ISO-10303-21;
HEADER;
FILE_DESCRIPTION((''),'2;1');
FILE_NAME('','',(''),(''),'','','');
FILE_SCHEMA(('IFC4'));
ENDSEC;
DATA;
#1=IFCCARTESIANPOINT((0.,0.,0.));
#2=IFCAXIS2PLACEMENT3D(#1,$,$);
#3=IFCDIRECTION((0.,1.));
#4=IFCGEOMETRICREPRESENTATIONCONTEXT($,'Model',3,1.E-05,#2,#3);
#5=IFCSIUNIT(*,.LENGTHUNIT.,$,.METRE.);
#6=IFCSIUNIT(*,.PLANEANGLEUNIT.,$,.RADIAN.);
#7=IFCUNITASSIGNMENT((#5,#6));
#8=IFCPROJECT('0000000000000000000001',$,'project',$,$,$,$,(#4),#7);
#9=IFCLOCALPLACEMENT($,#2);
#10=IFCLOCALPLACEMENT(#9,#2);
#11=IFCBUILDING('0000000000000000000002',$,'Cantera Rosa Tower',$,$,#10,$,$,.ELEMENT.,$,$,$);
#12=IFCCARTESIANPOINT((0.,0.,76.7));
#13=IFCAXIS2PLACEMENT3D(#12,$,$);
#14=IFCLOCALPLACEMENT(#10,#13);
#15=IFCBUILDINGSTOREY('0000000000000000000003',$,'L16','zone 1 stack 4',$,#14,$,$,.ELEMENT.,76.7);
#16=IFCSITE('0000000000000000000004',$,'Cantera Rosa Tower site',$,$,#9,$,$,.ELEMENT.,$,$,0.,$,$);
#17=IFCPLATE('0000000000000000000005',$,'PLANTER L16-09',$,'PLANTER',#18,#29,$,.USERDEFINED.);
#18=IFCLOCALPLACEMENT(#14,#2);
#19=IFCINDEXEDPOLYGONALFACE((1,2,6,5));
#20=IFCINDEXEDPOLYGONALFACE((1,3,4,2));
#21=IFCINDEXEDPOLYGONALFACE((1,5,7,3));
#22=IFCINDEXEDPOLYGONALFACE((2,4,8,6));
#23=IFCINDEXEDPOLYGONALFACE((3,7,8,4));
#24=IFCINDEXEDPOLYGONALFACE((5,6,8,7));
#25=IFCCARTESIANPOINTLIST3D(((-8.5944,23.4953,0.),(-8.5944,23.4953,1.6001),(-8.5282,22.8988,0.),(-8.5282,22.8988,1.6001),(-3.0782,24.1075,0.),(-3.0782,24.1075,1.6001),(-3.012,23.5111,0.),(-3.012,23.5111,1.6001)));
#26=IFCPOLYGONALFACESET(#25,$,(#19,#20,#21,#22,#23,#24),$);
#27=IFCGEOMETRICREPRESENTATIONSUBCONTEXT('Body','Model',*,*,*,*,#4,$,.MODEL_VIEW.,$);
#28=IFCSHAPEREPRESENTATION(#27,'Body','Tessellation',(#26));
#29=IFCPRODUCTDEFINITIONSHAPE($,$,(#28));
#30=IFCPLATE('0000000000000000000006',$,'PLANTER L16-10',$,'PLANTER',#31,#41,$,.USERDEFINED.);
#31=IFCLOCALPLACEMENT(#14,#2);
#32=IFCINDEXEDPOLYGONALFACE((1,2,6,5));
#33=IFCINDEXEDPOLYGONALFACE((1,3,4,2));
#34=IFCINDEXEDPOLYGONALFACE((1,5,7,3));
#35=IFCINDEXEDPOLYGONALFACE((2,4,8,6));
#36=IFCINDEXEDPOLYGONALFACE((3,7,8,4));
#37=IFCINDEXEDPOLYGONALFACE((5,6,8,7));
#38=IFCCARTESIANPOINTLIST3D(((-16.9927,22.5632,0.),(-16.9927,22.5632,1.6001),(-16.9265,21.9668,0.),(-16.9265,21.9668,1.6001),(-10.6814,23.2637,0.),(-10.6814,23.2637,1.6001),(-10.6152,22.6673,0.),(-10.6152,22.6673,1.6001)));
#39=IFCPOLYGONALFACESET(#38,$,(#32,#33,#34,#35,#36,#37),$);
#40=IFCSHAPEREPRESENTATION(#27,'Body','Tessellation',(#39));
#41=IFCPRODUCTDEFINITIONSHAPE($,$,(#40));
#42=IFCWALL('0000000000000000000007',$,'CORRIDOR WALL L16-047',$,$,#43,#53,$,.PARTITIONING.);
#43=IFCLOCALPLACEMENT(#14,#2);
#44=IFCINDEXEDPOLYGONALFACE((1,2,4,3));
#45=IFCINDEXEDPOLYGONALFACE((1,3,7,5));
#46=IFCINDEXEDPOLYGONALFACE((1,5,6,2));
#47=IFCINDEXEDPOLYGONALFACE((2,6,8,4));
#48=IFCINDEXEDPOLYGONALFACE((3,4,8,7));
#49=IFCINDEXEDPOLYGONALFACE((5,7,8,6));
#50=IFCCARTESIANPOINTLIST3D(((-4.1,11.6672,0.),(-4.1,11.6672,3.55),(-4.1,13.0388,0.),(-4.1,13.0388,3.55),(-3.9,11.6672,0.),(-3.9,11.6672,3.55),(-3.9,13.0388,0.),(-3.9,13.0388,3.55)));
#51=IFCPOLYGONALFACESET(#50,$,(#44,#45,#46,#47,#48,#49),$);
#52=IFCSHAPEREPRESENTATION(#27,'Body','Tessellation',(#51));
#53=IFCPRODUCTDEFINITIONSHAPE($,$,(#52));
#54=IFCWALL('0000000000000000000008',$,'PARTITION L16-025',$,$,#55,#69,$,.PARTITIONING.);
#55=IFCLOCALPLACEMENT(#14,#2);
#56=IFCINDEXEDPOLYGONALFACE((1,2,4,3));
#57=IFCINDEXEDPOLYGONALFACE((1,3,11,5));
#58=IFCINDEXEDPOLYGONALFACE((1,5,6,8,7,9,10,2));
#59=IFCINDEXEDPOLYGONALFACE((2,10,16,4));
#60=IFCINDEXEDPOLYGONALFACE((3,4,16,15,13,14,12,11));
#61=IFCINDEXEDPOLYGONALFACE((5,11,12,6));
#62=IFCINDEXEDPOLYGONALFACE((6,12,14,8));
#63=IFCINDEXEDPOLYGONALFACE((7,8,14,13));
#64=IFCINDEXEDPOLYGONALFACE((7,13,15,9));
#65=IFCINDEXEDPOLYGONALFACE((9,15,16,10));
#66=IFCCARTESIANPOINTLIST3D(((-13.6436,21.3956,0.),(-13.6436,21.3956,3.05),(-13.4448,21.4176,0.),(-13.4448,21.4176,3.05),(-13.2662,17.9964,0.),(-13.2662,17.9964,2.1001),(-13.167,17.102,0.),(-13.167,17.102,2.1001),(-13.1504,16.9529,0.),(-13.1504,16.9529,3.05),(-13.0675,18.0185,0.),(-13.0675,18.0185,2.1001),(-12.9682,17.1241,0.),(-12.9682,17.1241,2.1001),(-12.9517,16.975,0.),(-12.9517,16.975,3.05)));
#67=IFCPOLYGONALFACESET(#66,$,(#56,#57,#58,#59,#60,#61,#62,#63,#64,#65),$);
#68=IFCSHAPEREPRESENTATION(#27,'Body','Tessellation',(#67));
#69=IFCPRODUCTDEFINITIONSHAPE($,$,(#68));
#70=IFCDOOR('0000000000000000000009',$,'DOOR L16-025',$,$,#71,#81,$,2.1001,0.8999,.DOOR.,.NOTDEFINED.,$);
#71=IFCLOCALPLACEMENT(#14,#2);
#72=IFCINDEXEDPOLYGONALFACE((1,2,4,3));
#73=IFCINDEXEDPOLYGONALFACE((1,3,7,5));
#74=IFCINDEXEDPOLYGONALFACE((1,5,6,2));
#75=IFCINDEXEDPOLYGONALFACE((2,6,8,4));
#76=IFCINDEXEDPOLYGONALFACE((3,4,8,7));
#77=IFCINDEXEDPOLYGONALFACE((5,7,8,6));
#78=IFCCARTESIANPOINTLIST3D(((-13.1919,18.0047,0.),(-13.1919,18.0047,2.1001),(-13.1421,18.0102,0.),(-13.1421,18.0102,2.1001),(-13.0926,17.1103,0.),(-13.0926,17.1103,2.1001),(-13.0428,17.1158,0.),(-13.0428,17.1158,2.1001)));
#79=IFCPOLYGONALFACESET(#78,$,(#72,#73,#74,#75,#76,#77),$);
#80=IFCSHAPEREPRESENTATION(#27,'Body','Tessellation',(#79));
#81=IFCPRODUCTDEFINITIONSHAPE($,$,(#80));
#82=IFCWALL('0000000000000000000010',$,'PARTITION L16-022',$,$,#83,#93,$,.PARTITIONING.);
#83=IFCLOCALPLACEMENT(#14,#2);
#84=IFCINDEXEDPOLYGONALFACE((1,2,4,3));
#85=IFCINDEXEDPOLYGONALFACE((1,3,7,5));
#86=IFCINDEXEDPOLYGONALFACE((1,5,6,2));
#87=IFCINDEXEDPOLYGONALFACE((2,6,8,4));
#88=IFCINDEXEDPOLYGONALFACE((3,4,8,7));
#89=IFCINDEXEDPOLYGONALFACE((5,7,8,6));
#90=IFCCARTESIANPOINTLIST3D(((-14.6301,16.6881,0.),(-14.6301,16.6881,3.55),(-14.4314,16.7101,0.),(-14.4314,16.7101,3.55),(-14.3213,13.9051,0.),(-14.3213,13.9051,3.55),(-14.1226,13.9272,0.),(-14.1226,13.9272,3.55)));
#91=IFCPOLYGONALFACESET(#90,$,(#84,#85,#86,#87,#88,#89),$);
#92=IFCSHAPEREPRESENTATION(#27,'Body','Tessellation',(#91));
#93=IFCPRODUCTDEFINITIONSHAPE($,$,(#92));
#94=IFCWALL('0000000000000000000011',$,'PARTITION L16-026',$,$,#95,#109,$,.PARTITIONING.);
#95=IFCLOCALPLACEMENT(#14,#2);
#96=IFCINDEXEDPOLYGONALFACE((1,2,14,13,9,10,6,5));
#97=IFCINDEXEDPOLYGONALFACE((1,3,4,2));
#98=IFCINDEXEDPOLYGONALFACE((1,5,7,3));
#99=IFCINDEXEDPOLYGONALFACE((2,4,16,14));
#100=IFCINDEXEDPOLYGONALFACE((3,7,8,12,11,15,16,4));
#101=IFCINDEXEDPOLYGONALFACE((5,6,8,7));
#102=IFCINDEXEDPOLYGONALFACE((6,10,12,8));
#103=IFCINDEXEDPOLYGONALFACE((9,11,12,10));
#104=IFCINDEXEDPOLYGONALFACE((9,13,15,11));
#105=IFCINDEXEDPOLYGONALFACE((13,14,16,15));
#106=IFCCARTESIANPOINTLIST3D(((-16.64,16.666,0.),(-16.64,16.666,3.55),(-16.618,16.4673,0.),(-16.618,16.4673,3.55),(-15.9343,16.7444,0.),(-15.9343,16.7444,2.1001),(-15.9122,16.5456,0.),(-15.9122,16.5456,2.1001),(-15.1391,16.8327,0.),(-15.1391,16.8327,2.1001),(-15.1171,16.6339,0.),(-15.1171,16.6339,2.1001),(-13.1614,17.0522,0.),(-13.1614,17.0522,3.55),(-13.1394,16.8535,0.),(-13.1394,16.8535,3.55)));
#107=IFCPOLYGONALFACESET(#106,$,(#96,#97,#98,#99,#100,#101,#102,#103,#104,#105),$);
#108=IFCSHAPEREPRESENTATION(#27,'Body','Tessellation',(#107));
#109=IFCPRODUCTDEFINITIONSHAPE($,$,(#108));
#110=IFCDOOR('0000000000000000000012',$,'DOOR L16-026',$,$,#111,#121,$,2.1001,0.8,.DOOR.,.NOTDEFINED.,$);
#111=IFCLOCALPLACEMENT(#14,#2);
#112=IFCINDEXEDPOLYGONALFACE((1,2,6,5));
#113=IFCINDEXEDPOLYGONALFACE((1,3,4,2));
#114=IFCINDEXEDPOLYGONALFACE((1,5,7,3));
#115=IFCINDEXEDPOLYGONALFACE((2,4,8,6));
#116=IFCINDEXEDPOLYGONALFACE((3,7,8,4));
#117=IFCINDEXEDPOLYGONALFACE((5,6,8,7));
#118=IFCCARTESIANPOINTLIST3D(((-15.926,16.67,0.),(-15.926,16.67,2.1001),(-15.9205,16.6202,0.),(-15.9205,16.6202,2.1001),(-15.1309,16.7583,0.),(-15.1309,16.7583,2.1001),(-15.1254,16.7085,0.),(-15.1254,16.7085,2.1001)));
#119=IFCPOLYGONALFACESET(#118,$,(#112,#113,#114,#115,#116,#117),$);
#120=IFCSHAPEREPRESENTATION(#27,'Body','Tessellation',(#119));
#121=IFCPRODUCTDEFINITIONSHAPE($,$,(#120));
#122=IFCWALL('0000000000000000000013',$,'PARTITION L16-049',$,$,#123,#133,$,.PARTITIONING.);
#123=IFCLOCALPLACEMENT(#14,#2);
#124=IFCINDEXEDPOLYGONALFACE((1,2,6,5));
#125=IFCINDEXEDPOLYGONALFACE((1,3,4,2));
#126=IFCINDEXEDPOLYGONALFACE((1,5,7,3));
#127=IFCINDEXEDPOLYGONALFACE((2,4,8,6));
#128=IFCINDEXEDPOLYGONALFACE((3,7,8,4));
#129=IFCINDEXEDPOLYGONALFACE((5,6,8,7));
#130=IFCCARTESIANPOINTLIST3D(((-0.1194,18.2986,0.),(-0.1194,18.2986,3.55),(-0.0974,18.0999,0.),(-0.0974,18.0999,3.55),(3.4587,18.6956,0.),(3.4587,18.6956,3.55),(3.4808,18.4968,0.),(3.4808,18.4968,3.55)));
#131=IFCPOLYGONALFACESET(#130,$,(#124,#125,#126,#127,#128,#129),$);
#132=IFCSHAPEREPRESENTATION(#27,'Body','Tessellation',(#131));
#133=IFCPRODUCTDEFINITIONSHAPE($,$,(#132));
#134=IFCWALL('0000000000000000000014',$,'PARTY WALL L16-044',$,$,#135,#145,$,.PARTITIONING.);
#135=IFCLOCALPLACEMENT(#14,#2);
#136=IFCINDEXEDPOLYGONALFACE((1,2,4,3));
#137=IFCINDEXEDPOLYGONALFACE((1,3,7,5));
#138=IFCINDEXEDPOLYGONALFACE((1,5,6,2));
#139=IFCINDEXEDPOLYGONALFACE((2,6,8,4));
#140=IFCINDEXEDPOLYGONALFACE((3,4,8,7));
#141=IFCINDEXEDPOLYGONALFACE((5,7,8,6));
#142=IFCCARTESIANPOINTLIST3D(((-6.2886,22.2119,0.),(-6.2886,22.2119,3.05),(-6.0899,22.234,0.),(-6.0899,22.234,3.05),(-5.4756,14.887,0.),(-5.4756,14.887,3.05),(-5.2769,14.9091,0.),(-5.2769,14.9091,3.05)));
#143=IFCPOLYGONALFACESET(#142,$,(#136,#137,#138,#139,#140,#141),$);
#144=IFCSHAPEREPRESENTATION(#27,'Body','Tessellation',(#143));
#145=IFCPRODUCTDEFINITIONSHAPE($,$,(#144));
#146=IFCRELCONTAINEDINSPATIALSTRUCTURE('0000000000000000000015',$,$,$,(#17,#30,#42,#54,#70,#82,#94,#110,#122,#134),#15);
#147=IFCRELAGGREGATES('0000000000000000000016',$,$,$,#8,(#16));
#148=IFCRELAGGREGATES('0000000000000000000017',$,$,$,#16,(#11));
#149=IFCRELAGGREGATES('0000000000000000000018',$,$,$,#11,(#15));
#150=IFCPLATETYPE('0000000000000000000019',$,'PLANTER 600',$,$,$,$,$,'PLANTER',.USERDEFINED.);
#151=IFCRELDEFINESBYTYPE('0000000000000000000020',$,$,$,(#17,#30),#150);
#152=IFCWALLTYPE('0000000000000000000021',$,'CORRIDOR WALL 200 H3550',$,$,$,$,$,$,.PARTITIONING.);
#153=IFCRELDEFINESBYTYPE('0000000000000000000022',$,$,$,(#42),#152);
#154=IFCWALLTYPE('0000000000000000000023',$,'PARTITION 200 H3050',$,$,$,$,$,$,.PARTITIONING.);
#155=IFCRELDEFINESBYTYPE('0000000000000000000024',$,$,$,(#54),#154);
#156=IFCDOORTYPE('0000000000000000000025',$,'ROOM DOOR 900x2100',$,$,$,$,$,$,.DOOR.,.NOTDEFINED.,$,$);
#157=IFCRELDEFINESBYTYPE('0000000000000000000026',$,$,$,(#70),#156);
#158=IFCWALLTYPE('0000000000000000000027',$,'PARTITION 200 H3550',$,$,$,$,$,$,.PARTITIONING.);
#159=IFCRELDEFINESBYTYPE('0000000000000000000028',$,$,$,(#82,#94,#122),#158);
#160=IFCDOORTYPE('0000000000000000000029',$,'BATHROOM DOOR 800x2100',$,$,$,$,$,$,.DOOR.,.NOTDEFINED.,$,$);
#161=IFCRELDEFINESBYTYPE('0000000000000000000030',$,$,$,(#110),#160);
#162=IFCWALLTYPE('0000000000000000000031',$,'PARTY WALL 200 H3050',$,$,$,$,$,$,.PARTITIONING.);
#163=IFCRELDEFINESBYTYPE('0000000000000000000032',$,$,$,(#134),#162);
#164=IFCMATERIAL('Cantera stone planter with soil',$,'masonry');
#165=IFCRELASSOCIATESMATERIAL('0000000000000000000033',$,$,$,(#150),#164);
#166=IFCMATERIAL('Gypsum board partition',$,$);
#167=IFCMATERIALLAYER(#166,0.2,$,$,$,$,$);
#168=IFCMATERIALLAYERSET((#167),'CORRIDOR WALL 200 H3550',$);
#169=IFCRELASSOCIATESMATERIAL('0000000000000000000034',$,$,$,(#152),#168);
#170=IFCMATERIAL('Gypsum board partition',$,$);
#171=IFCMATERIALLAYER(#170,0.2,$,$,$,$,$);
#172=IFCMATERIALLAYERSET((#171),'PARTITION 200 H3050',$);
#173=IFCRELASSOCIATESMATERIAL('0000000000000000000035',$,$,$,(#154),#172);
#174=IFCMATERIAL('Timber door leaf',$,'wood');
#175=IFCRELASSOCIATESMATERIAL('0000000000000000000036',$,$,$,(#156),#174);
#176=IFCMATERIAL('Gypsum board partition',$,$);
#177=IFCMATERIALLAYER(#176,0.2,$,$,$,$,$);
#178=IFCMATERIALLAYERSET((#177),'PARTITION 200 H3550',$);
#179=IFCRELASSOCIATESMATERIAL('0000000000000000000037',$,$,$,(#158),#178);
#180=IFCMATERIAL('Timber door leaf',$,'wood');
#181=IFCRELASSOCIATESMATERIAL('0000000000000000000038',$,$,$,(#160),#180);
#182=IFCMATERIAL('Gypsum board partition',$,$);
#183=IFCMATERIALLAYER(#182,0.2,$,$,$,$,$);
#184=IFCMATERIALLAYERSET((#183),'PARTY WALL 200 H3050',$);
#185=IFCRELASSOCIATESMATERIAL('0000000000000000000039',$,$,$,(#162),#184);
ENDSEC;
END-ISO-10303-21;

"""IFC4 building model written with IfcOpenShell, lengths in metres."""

from ifc_helpers import new_model, si_unit, direction, frame, frame_2d, origin, origin_2d, place, context, subcontext, project, spatial, rectangle, extrude, material, layer, layer_set, type_object, element, fill, save


model = new_model("IFC4")

# Units and contexts
model_context = context("Model", 3, precision=1e-05, world=origin(), true_north=direction((0.0, 1.0)))
body_context = subcontext(model_context, "Body", "Model", "MODEL_VIEW")
ifc_project = project(units=[si_unit("LENGTHUNIT", "METRE"), si_unit("PLANEANGLEUNIT", "RADIAN")], contexts=[model_context])

# Site, building, storey
site_placement = place(None, origin())
site = spatial("IfcSite", under=ifc_project, at=site_placement, Name="Cantera Rosa Tower site", CompositionType="ELEMENT", RefElevation=0.0)
building_placement = place(site_placement, origin())
building = spatial("IfcBuilding", under=site, at=building_placement, Name="Cantera Rosa Tower", CompositionType="ELEMENT")
storey_placement = place(building_placement, frame((0.0, 0.0, 76.7)))
storey = spatial("IfcBuildingStorey", under=building, at=storey_placement, Name="L16", Description="zone 1 stack 4", CompositionType="ELEMENT", Elevation=76.7)

# Plates
ifc_material_1 = material(Name="Cantera stone planter with soil", Category="masonry")
plate_type = type_object("IfcPlateType", Name="PLANTER 600", ElementType="PLANTER", PredefinedType="USERDEFINED", material=ifc_material_1)
plate_1_placement = place(storey_placement, frame((-5.8032, 23.5032, 0.0), z_axis=(0.0, 0.0, 1.0), x_axis=(-0.993897, -0.110313, 0.0)))
element("IfcPlate", 1, at=plate_1_placement, inside=storey, type_object=plate_type, Name="PLANTER L16-09", ObjectType="PLANTER", PredefinedType="USERDEFINED", context=body_context, shape_type="SweptSolid", body=[
    extrude(rectangle(XDim=5.55, YDim=0.6001, at=origin_2d()), origin(), (0.0, 0.0, 1.0), 1.6001),
])
plate_2_placement = place(storey_placement, frame((-13.804, 22.6152, 0.0), z_axis=(0.0, 0.0, 1.0), x_axis=(-0.993897, -0.110313, 0.0)))
element("IfcPlate", 2, at=plate_2_placement, inside=storey, type_object=plate_type, Name="PLANTER L16-10", ObjectType="PLANTER", PredefinedType="USERDEFINED", context=body_context, shape_type="SweptSolid", body=[
    extrude(rectangle(XDim=6.3501, YDim=0.6001, at=origin_2d()), origin(), (0.0, 0.0, 1.0), 1.6001),
])

# Wall
ifc_material_2 = material(Name="Gypsum board partition")
ifc_layer_1 = layer(ifc_material_2, 0.2)
ifc_layer_set_1 = layer_set([ifc_layer_1], Name="CORRIDOR WALL 200 H3550")
wall_type_1 = type_object("IfcWallType", Name="CORRIDOR WALL 200 H3550", PredefinedType="PARTITIONING", material=ifc_layer_set_1)
wall_1_placement = place(storey_placement, frame((-4.0, 13.0388, 0.0), z_axis=(0.0, 0.0, 1.0), x_axis=(0.0, -1.0, 0.0)))
element("IfcWall", 3, at=wall_1_placement, inside=storey, type_object=wall_type_1, Name="CORRIDOR WALL L16-047", PredefinedType="PARTITIONING", context=body_context, shape_type="SweptSolid", body=[
    extrude(rectangle(XDim=1.3716, YDim=0.2, at=frame_2d((0.6858, 0.0))), origin(), (0.0, 0.0, 1.0), 3.55),
])

# Wall, opening, door
ifc_material_3 = material(Name="Gypsum board partition")
ifc_layer_2 = layer(ifc_material_3, 0.2)
ifc_layer_set_2 = layer_set([ifc_layer_2], Name="PARTITION 200 H3050")
wall_type_2 = type_object("IfcWallType", Name="PARTITION 200 H3050", PredefinedType="PARTITIONING", material=ifc_layer_set_2)
wall_2_placement = place(storey_placement, frame((-13.5442, 21.4065, 0.0), z_axis=(0.0, 0.0, 1.0), x_axis=(0.11033, -0.993895, 0.0)))
wall_2 = element("IfcWall", 4, at=wall_2_placement, inside=storey, type_object=wall_type_2, Name="PARTITION L16-025", PredefinedType="PARTITIONING", context=body_context, shape_type="SweptSolid", body=[
    extrude(rectangle(XDim=4.47, YDim=0.2, at=frame_2d((2.2349, 0.0))), origin(), (0.0, 0.0, 1.0), 3.05),
])
opening_1_placement = place(wall_2_placement, frame((3.4199, 0.0, 0.0)))
opening_1 = element("IfcOpeningElement", 5, at=opening_1_placement, cuts=wall_2, PredefinedType="OPENING", context=body_context, shape_type="SweptSolid", body=[
    extrude(rectangle(XDim=0.8999, YDim=2.1001, at=frame_2d((0.45, 1.05))), frame((0.0, 0.1099, 0.0), z_axis=(0.0, -1.0, 0.0), x_axis=(1.0, 0.0, 0.0)), (0.0, 0.0, 1.0), 0.22),
])
ifc_material_4 = material(Name="Timber door leaf", Category="wood")
door_type_1 = type_object("IfcDoorType", Name="ROOM DOOR 900x2100", OperationType="NOTDEFINED", PredefinedType="DOOR", material=ifc_material_4)
door_1_placement = place(opening_1_placement, origin())
door_1 = element("IfcDoor", 6, at=door_1_placement, inside=storey, type_object=door_type_1, Name="DOOR L16-025", OperationType="NOTDEFINED", OverallHeight=2.1001, OverallWidth=0.8999, PredefinedType="DOOR", context=body_context, shape_type="SweptSolid", body=[
    extrude(rectangle(XDim=0.8999, YDim=2.1001, at=frame_2d((0.45, 1.05))), frame((0.0, 0.0249, 0.0), z_axis=(0.0, -1.0, 0.0), x_axis=(1.0, 0.0, 0.0)), (0.0, 0.0, 1.0), 0.05),
])
fill(opening_1, door_1)

# Wall
ifc_material_5 = material(Name="Gypsum board partition")
ifc_layer_3 = layer(ifc_material_5, 0.2)
ifc_layer_set_3 = layer_set([ifc_layer_3], Name="PARTITION 200 H3550")
wall_type_3 = type_object("IfcWallType", Name="PARTITION 200 H3550", PredefinedType="PARTITIONING", material=ifc_layer_set_3)
wall_3_placement = place(storey_placement, frame((-14.5308, 16.699, 0.0), z_axis=(0.0, 0.0, 1.0), x_axis=(0.110298, -0.993899, 0.0)))
element("IfcWall", 7, at=wall_3_placement, inside=storey, type_object=wall_type_3, Name="PARTITION L16-022", PredefinedType="PARTITIONING", context=body_context, shape_type="SweptSolid", body=[
    extrude(rectangle(XDim=2.8, YDim=0.2, at=frame_2d((1.3999, 0.0))), origin(), (0.0, 0.0, 1.0), 3.55),
])

# Wall, opening, door
wall_4_placement = place(storey_placement, frame((-13.1504, 16.9529, 0.0), z_axis=(0.0, 0.0, 1.0), x_axis=(-0.993892, -0.110355, 0.0)))
wall_4 = element("IfcWall", 8, at=wall_4_placement, inside=storey, type_object=wall_type_3, Name="PARTITION L16-026", PredefinedType="PARTITIONING", context=body_context, shape_type="SweptSolid", body=[
    extrude(rectangle(XDim=3.5, YDim=0.2, at=frame_2d((1.75, 0.0))), origin(), (0.0, 0.0, 1.0), 3.55),
])
opening_2_placement = place(wall_4_placement, frame((1.99, 0.0, 0.0)))
opening_2 = element("IfcOpeningElement", 9, at=opening_2_placement, cuts=wall_4, PredefinedType="OPENING", context=body_context, shape_type="SweptSolid", body=[
    extrude(rectangle(XDim=0.8, YDim=2.1001, at=frame_2d((0.3999, 1.05))), frame((0.0, 0.1099, 0.0), z_axis=(0.0, -1.0, 0.0), x_axis=(1.0, 0.0, 0.0)), (0.0, 0.0, 1.0), 0.22),
])
ifc_material_6 = material(Name="Timber door leaf", Category="wood")
door_type_2 = type_object("IfcDoorType", Name="BATHROOM DOOR 800x2100", OperationType="NOTDEFINED", PredefinedType="DOOR", material=ifc_material_6)
door_2_placement = place(opening_2_placement, origin())
door_2 = element("IfcDoor", 10, at=door_2_placement, inside=storey, type_object=door_type_2, Name="DOOR L16-026", OperationType="NOTDEFINED", OverallHeight=2.1001, OverallWidth=0.8, PredefinedType="DOOR", context=body_context, shape_type="SweptSolid", body=[
    extrude(rectangle(XDim=0.8, YDim=2.1001, at=frame_2d((0.3999, 1.05))), frame((0.0, 0.0249, 0.0), z_axis=(0.0, -1.0, 0.0), x_axis=(1.0, 0.0, 0.0)), (0.0, 0.0, 1.0), 0.05),
])
fill(opening_2, door_2)

# Walls
wall_5_placement = place(storey_placement, frame((-0.1084, 18.1992, 0.0), z_axis=(0.0, 0.0, 1.0), x_axis=(0.993902, 0.110268, 0.0)))
element("IfcWall", 11, at=wall_5_placement, inside=storey, type_object=wall_type_3, Name="PARTITION L16-049", PredefinedType="PARTITIONING", context=body_context, shape_type="SweptSolid", body=[
    extrude(rectangle(XDim=3.6001, YDim=0.2, at=frame_2d((1.8, 0.0))), origin(), (0.0, 0.0, 1.0), 3.55),
])
ifc_material_7 = material(Name="Gypsum board partition")
ifc_layer_4 = layer(ifc_material_7, 0.2)
ifc_layer_set_4 = layer_set([ifc_layer_4], Name="PARTY WALL 200 H3050")
wall_type_4 = type_object("IfcWallType", Name="PARTY WALL 200 H3050", PredefinedType="PARTITIONING", material=ifc_layer_set_4)
wall_6_placement = place(storey_placement, frame((-5.3762, 14.8979, 0.0), z_axis=(0.0, 0.0, 1.0), x_axis=(-0.110312, 0.993897, 0.0)))
element("IfcWall", 12, at=wall_6_placement, inside=storey, type_object=wall_type_4, Name="PARTY WALL L16-044", PredefinedType="PARTITIONING", context=body_context, shape_type="SweptSolid", body=[
    extrude(rectangle(XDim=7.3699, YDim=0.2, at=frame_2d((3.6851, 0.0))), origin(), (0.0, 0.0, 1.0), 3.05),
])

save(model, "model.ifc")
